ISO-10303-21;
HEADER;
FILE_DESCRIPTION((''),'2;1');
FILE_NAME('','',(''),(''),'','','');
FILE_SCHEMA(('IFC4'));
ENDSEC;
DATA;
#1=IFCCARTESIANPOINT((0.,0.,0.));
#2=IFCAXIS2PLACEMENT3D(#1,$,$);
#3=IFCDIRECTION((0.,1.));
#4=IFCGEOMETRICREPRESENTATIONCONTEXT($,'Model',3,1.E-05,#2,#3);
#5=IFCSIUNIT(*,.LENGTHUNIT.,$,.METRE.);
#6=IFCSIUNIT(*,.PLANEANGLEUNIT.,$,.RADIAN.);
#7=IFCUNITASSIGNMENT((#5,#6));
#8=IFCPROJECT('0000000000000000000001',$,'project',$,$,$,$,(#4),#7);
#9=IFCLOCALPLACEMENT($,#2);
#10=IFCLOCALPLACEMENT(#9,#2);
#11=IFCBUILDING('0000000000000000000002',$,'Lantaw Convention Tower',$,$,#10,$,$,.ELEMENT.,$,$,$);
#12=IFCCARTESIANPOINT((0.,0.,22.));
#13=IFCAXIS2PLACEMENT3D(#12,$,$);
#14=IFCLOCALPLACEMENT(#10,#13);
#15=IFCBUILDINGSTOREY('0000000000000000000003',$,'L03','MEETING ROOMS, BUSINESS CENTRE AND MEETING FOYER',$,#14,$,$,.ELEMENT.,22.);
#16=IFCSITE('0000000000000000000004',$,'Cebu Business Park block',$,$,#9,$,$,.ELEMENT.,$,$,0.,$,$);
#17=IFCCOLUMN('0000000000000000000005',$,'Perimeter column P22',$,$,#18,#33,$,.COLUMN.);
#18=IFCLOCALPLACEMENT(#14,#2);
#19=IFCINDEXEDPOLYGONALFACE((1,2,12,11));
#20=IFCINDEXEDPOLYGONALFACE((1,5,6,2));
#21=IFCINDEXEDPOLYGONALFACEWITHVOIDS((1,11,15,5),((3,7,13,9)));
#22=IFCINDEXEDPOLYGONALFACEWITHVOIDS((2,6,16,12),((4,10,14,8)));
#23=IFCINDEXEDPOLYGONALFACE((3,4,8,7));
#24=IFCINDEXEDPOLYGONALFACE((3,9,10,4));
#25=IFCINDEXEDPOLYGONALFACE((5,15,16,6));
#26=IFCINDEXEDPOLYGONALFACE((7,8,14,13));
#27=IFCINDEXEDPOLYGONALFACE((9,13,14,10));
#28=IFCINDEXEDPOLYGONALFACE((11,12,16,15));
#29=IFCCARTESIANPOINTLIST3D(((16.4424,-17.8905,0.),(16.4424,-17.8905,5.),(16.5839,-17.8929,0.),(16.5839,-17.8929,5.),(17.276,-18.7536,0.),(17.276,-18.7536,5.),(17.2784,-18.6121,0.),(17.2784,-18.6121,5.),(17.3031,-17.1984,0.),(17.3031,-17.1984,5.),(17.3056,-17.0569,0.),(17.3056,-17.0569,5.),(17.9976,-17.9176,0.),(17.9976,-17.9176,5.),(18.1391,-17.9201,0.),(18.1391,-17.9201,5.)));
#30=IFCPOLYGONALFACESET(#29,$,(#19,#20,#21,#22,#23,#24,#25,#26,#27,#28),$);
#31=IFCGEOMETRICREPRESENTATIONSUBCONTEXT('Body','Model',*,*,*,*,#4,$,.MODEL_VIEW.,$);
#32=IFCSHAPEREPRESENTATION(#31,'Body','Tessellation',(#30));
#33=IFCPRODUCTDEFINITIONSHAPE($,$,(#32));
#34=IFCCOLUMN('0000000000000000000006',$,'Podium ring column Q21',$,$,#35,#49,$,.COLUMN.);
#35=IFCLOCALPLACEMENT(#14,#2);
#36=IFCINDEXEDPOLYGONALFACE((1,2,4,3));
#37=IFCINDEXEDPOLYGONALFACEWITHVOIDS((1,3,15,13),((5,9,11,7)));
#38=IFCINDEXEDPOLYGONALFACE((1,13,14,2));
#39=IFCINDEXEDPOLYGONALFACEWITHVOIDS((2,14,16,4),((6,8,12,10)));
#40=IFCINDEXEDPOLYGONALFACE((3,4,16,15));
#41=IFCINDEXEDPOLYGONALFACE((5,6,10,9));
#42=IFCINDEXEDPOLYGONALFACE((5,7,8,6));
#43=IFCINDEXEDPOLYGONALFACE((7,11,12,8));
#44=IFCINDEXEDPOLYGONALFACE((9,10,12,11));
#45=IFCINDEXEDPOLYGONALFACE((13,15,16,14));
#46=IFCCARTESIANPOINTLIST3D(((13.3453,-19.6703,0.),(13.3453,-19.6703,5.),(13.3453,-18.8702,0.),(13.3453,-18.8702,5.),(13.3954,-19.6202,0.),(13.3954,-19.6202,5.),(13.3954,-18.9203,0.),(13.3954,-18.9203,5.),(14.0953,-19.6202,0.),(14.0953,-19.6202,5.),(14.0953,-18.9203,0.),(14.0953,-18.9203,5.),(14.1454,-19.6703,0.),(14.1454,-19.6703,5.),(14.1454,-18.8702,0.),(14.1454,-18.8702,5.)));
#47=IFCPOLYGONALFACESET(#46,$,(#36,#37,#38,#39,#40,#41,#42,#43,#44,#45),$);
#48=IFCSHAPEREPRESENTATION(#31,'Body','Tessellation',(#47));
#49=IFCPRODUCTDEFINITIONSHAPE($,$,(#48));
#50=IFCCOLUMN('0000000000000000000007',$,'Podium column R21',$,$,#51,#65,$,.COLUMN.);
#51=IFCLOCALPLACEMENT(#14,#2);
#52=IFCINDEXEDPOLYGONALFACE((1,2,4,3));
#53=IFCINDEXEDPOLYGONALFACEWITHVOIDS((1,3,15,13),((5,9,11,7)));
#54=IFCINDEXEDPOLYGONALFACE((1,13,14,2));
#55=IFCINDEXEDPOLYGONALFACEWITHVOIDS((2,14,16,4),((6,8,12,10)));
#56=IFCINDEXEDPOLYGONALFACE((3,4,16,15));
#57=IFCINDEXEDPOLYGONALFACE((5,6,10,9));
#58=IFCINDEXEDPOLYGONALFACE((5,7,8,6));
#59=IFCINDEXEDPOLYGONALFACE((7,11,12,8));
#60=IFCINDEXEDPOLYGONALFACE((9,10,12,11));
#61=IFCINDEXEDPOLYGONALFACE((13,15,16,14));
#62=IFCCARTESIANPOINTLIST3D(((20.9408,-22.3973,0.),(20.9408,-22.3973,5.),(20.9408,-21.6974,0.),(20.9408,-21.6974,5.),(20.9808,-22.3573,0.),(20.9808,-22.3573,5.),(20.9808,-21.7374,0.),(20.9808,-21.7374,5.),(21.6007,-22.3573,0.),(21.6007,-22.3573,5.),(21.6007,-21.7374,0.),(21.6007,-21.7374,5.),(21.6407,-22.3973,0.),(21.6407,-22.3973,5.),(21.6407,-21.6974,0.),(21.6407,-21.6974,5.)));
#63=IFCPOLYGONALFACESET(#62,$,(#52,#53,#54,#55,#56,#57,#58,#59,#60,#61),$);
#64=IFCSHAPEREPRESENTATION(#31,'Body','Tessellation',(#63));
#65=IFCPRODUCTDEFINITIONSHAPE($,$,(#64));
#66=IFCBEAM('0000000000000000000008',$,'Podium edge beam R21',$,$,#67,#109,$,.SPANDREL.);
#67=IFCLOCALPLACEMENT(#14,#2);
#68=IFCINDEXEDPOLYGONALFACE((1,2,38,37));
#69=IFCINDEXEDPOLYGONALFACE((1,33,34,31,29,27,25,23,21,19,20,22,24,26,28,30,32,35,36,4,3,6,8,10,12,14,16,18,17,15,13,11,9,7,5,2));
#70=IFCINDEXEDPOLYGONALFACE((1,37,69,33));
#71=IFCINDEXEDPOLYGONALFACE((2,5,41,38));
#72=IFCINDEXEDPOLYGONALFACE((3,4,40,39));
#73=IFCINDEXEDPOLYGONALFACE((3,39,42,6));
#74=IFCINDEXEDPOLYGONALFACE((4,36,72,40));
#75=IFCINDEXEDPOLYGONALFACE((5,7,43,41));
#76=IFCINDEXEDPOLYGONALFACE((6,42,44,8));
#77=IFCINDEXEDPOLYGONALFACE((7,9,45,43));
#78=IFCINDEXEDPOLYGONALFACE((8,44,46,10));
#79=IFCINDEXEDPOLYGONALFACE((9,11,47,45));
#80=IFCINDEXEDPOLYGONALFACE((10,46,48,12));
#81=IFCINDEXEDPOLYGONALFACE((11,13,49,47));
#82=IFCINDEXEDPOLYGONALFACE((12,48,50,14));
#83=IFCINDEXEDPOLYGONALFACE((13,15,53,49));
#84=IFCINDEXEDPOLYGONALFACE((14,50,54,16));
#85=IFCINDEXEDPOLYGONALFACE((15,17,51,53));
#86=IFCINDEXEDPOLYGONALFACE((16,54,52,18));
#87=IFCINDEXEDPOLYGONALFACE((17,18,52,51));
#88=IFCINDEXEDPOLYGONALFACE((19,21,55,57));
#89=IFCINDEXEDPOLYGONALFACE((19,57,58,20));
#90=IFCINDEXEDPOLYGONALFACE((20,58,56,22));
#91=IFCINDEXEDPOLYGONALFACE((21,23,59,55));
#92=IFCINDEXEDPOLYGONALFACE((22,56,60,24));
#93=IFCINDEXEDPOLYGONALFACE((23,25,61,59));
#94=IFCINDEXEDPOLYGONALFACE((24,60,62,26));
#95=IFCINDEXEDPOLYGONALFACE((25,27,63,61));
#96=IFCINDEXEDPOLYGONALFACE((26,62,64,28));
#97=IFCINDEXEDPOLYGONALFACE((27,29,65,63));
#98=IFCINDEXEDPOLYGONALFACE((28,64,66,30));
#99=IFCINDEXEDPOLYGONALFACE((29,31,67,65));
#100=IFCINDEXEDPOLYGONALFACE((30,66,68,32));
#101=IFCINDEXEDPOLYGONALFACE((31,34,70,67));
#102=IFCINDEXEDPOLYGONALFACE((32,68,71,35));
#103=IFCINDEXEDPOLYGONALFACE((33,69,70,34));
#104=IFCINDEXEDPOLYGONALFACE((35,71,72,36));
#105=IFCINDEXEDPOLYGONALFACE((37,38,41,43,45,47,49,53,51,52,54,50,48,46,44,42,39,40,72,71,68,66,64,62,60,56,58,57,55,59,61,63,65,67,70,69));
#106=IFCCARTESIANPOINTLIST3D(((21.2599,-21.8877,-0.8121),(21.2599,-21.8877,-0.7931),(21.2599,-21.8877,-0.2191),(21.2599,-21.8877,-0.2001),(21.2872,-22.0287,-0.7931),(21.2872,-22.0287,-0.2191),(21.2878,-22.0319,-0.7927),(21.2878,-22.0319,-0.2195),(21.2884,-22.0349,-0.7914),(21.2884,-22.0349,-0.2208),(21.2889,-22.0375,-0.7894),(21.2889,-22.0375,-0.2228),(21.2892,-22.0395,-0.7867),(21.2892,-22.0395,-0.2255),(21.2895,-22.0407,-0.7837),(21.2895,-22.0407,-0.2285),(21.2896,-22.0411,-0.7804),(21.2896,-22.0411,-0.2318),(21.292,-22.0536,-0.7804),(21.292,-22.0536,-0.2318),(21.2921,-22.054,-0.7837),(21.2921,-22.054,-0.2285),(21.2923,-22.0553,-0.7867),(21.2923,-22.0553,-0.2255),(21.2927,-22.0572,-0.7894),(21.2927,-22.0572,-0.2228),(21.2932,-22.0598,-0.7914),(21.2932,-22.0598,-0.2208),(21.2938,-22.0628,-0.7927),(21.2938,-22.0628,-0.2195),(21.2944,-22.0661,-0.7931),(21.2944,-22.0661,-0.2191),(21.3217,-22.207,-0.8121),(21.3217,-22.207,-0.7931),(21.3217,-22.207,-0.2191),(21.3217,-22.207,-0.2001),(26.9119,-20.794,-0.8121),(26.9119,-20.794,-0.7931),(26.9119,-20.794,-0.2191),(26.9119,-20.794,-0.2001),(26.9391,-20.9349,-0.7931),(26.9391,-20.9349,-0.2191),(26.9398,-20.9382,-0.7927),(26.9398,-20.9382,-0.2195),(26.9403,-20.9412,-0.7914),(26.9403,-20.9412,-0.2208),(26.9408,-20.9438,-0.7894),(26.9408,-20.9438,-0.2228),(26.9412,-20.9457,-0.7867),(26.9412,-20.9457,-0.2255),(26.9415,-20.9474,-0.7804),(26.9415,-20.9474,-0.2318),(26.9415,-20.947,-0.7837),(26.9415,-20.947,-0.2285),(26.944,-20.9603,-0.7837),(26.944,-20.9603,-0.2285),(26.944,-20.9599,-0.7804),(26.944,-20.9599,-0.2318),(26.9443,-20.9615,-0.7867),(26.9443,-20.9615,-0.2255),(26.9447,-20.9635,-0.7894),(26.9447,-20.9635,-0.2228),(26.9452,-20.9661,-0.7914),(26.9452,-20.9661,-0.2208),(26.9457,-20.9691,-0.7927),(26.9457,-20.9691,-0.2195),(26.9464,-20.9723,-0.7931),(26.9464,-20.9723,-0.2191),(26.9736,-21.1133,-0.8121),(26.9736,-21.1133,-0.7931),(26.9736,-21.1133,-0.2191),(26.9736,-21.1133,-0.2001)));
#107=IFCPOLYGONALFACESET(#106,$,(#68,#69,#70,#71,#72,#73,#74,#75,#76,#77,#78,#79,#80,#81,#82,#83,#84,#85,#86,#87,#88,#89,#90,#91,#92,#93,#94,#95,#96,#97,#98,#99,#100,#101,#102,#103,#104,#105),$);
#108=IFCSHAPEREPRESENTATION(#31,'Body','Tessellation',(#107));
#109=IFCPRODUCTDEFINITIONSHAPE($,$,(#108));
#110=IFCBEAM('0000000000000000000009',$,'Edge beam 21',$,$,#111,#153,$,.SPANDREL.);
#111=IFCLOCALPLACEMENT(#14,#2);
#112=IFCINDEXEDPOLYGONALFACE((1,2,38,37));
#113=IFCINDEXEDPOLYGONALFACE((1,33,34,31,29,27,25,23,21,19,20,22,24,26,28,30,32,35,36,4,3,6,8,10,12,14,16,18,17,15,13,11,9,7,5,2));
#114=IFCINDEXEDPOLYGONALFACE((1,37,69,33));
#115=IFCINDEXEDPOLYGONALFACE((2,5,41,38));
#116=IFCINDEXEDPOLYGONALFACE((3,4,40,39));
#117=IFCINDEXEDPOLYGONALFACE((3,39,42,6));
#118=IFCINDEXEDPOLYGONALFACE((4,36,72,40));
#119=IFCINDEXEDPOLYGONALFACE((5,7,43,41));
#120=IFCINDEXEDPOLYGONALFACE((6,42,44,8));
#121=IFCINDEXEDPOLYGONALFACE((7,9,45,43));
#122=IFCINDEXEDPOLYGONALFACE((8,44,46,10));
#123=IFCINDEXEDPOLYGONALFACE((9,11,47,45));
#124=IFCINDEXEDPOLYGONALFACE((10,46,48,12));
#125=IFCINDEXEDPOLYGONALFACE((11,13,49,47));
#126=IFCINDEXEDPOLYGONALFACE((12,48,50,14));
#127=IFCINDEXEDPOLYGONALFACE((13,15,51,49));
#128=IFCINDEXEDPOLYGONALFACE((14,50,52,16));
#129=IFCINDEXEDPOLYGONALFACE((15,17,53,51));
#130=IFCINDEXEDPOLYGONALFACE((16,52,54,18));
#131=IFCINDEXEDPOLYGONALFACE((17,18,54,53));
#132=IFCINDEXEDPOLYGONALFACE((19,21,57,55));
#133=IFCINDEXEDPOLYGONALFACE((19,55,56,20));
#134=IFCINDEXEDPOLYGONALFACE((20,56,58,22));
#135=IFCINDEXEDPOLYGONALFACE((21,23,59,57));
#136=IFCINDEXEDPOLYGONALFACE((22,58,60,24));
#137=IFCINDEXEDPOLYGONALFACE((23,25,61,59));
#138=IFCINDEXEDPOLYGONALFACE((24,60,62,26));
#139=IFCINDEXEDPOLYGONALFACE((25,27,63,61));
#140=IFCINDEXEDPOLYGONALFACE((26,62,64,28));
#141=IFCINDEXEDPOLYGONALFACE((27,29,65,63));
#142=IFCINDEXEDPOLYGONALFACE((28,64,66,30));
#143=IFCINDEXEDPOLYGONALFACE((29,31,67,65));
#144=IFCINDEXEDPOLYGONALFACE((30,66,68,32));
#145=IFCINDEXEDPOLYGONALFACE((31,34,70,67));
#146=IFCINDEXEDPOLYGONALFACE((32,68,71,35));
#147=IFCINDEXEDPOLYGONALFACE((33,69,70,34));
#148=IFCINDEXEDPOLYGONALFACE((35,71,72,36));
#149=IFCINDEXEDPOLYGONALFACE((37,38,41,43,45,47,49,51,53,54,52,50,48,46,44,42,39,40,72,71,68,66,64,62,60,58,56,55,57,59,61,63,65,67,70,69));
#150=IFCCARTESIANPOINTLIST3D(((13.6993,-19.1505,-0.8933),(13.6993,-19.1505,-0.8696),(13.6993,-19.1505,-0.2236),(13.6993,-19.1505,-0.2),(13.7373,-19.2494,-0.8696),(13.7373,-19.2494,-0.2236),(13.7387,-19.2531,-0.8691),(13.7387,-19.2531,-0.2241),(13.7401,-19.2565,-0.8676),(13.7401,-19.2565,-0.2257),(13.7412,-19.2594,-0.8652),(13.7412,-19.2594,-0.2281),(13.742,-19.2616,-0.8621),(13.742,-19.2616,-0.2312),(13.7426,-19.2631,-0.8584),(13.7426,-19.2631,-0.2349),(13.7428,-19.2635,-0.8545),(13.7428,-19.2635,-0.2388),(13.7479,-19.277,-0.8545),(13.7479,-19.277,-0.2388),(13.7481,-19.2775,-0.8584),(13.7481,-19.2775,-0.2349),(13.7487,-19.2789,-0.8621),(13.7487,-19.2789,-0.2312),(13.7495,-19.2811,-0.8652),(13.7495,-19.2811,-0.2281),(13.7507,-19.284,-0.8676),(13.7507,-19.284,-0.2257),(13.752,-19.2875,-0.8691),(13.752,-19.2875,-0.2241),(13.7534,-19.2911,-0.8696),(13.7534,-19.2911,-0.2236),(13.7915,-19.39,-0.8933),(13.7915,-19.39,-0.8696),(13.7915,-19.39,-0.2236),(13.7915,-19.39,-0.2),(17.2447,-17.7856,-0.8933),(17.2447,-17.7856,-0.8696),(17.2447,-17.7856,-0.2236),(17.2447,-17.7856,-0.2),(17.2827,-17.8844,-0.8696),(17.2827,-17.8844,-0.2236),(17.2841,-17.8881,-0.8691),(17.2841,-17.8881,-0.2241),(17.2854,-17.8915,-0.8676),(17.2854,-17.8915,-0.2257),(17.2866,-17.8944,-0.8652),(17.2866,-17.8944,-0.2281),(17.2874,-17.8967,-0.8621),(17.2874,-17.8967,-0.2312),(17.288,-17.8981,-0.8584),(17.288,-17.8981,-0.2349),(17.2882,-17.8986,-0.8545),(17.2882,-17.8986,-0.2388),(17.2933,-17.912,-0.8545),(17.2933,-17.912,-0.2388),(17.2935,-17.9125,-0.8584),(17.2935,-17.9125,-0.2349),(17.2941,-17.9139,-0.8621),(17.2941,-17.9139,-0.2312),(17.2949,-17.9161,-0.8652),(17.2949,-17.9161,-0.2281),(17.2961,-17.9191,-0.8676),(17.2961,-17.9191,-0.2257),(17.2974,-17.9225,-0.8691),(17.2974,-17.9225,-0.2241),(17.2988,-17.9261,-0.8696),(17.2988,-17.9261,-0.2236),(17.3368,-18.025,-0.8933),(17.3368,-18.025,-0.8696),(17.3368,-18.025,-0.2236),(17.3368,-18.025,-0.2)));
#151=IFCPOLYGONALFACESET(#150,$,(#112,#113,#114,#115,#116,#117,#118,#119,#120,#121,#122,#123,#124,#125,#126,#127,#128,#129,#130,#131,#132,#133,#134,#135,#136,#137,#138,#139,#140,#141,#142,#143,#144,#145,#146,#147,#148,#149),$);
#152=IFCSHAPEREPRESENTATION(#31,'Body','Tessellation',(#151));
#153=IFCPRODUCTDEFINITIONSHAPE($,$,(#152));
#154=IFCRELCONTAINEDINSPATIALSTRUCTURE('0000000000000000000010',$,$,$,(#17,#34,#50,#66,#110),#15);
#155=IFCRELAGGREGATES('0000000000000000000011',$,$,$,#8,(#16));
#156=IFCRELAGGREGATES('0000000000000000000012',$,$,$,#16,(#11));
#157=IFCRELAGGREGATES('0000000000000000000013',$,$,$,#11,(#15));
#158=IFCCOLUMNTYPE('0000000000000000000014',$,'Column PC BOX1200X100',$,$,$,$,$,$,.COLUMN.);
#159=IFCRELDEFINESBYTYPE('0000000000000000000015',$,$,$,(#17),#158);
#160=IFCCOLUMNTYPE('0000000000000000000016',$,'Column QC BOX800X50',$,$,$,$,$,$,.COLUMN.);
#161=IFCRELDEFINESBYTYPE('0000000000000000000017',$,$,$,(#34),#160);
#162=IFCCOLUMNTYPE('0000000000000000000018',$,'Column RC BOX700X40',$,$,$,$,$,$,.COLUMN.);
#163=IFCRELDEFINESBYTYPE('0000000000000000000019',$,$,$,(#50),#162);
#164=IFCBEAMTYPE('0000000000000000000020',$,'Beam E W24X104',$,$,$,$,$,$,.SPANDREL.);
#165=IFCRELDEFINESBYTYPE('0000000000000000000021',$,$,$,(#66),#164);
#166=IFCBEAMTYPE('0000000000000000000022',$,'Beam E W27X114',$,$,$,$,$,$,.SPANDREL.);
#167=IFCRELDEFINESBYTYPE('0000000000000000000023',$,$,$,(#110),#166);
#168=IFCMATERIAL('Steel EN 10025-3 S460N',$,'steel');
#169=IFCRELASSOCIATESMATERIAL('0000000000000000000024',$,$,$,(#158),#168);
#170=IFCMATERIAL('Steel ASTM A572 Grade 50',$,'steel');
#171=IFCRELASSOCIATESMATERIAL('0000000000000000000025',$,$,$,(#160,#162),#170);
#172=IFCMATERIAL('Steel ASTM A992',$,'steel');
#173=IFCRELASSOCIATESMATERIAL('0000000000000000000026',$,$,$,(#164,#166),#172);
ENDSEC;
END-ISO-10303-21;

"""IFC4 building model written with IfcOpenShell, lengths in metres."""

from ifc_helpers import new_model, si_unit, direction, frame, origin, origin_2d, place, context, subcontext, project, spatial, rectangle, hollow_rectangle, i_section, extrude, material, material_profile, profile_set, type_object, element, save


model = new_model("IFC4")

# Units and contexts
model_context = context("Model", 3, precision=1e-05, world=origin(), true_north=direction((0.0, 1.0)))
body_context = subcontext(model_context, "Body", "Model", "MODEL_VIEW")
ifc_project = project(units=[si_unit("LENGTHUNIT", "METRE"), si_unit("PLANEANGLEUNIT", "RADIAN")], contexts=[model_context])

# Site, building, storey
site_placement = place(None, origin())
site = spatial("IfcSite", under=ifc_project, at=site_placement, Name="Cebu Business Park block", CompositionType="ELEMENT", RefElevation=0.0)
building_placement = place(site_placement, origin())
building = spatial("IfcBuilding", under=site, at=building_placement, Name="Lantaw Convention Tower", CompositionType="ELEMENT")
storey_placement = place(building_placement, frame((0.0, 0.0, 22.0)))
storey = spatial("IfcBuildingStorey", under=building, at=storey_placement, Name="L03", Description="MEETING ROOMS, BUSINESS CENTRE AND MEETING FOYER", CompositionType="ELEMENT", Elevation=22.0)

# Columns
ifc_material_1 = material(Name="Steel EN 10025-3 S460N", Category="steel")
ifc_material_profile_1 = material_profile(ifc_material_1, hollow_rectangle(XDim=1.2, YDim=1.2, WallThickness=0.1001, at=origin_2d()), Name="BOX1200X100")
ifc_material_2 = material(Name="Concrete C60/75", Category="concrete")
ifc_material_profile_2 = material_profile(ifc_material_2, rectangle(XDim=1.0, YDim=1.0, at=origin_2d()), Name="Concrete fill of BOX1200X100")
ifc_profile_set_1 = profile_set([ifc_material_profile_1, ifc_material_profile_2], Name="Steel EN 10025-3 S460N")
column_type_1 = type_object("IfcColumnType", Name="Column PC BOX1200X100", PredefinedType="COLUMN", material=ifc_profile_set_1)
column_1_placement = place(storey_placement, frame((17.2908, -17.9053, 0.0), z_axis=(0.0, 0.0, 1.0), x_axis=(0.71934, 0.694658, 0.0)))
element("IfcColumn", 1, at=column_1_placement, inside=storey, type_object=column_type_1, Name="Perimeter column P22", PredefinedType="COLUMN", context=body_context, shape_type="SweptSolid", body=[
    extrude(hollow_rectangle(XDim=1.2, YDim=1.2, WallThickness=0.1001, at=origin_2d()), origin(), (0.0, 0.0, 1.0), 5.0),
])
ifc_material_3 = material(Name="Steel ASTM A572 Grade 50", Category="steel")
ifc_material_profile_3 = material_profile(ifc_material_3, hollow_rectangle(XDim=0.8, YDim=0.8, WallThickness=0.05, at=origin_2d()), Name="BOX800X50")
ifc_profile_set_2 = profile_set([ifc_material_profile_3], Name="Steel ASTM A572 Grade 50")
column_type_2 = type_object("IfcColumnType", Name="Column QC BOX800X50", PredefinedType="COLUMN", material=ifc_profile_set_2)
column_2_placement = place(storey_placement, frame((13.7454, -19.2703, 0.0), z_axis=(0.0, 0.0, 1.0), x_axis=(1.0, 0.0, 0.0)))
element("IfcColumn", 2, at=column_2_placement, inside=storey, type_object=column_type_2, Name="Podium ring column Q21", PredefinedType="COLUMN", context=body_context, shape_type="SweptSolid", body=[
    extrude(hollow_rectangle(XDim=0.8, YDim=0.8, WallThickness=0.05, at=origin_2d()), origin(), (0.0, 0.0, 1.0), 5.0),
])
ifc_material_profile_4 = material_profile(ifc_material_3, hollow_rectangle(XDim=0.7, YDim=0.7, WallThickness=0.04, at=origin_2d()), Name="BOX700X40")
ifc_profile_set_3 = profile_set([ifc_material_profile_4], Name="Steel ASTM A572 Grade 50")
column_type_3 = type_object("IfcColumnType", Name="Column RC BOX700X40", PredefinedType="COLUMN", material=ifc_profile_set_3)
column_3_placement = place(storey_placement, frame((21.2908, -22.0474, 0.0), z_axis=(0.0, 0.0, 1.0), x_axis=(1.0, 0.0, 0.0)))
element("IfcColumn", 3, at=column_3_placement, inside=storey, type_object=column_type_3, Name="Podium column R21", PredefinedType="COLUMN", context=body_context, shape_type="SweptSolid", body=[
    extrude(hollow_rectangle(XDim=0.7, YDim=0.7, WallThickness=0.04, at=origin_2d()), origin(), (0.0, 0.0, 1.0), 5.0),
])

# Beams
ifc_material_4 = material(Name="Steel ASTM A992", Category="steel")
ifc_material_profile_5 = material_profile(ifc_material_4, i_section(OverallWidth=0.3252, OverallDepth=0.6121, WebThickness=0.0127, FlangeThickness=0.019, FilletRadius=0.0127, at=origin_2d()), Name="W24X104")
ifc_profile_set_4 = profile_set([ifc_material_profile_5], Name="Steel ASTM A992")
beam_type_1 = type_object("IfcBeamType", Name="Beam E W24X104", PredefinedType="SPANDREL", material=ifc_profile_set_4)
beam_1_placement = place(storey_placement, frame((21.2908, -22.0474, -0.5061), z_axis=(0.981786, 0.189988, 0.0), x_axis=(-0.189988, 0.981786, 0.0)))
element("IfcBeam", 4, at=beam_1_placement, inside=storey, type_object=beam_type_1, Name="Podium edge beam R21", PredefinedType="SPANDREL", context=body_context, shape_type="SweptSolid", body=[
    extrude(i_section(OverallWidth=0.3252, OverallDepth=0.6121, WebThickness=0.0127, FlangeThickness=0.019, FilletRadius=0.0127, at=origin_2d()), origin(), (0.0, 0.0, 1.0), 5.7568),
])
ifc_material_profile_6 = material_profile(ifc_material_4, i_section(OverallWidth=0.2566, OverallDepth=0.6934, WebThickness=0.0144, FlangeThickness=0.0237, FilletRadius=0.0151, at=origin_2d()), Name="W27X114")
ifc_profile_set_5 = profile_set([ifc_material_profile_6], Name="Steel ASTM A992")
beam_type_2 = type_object("IfcBeamType", Name="Beam E W27X114", PredefinedType="SPANDREL", material=ifc_profile_set_5)
beam_2_placement = place(storey_placement, frame((13.7454, -19.2703, -0.5466), z_axis=(0.933225, 0.359293, 0.0), x_axis=(-0.359293, 0.933225, 0.0)))
element("IfcBeam", 5, at=beam_2_placement, inside=storey, type_object=beam_type_2, Name="Edge beam 21", PredefinedType="SPANDREL", context=body_context, shape_type="SweptSolid", body=[
    extrude(i_section(OverallWidth=0.2566, OverallDepth=0.6934, WebThickness=0.0144, FlangeThickness=0.0237, FilletRadius=0.0151, at=origin_2d()), origin(), (0.0, 0.0, 1.0), 3.7991),
])

save(model, "model.ifc")
